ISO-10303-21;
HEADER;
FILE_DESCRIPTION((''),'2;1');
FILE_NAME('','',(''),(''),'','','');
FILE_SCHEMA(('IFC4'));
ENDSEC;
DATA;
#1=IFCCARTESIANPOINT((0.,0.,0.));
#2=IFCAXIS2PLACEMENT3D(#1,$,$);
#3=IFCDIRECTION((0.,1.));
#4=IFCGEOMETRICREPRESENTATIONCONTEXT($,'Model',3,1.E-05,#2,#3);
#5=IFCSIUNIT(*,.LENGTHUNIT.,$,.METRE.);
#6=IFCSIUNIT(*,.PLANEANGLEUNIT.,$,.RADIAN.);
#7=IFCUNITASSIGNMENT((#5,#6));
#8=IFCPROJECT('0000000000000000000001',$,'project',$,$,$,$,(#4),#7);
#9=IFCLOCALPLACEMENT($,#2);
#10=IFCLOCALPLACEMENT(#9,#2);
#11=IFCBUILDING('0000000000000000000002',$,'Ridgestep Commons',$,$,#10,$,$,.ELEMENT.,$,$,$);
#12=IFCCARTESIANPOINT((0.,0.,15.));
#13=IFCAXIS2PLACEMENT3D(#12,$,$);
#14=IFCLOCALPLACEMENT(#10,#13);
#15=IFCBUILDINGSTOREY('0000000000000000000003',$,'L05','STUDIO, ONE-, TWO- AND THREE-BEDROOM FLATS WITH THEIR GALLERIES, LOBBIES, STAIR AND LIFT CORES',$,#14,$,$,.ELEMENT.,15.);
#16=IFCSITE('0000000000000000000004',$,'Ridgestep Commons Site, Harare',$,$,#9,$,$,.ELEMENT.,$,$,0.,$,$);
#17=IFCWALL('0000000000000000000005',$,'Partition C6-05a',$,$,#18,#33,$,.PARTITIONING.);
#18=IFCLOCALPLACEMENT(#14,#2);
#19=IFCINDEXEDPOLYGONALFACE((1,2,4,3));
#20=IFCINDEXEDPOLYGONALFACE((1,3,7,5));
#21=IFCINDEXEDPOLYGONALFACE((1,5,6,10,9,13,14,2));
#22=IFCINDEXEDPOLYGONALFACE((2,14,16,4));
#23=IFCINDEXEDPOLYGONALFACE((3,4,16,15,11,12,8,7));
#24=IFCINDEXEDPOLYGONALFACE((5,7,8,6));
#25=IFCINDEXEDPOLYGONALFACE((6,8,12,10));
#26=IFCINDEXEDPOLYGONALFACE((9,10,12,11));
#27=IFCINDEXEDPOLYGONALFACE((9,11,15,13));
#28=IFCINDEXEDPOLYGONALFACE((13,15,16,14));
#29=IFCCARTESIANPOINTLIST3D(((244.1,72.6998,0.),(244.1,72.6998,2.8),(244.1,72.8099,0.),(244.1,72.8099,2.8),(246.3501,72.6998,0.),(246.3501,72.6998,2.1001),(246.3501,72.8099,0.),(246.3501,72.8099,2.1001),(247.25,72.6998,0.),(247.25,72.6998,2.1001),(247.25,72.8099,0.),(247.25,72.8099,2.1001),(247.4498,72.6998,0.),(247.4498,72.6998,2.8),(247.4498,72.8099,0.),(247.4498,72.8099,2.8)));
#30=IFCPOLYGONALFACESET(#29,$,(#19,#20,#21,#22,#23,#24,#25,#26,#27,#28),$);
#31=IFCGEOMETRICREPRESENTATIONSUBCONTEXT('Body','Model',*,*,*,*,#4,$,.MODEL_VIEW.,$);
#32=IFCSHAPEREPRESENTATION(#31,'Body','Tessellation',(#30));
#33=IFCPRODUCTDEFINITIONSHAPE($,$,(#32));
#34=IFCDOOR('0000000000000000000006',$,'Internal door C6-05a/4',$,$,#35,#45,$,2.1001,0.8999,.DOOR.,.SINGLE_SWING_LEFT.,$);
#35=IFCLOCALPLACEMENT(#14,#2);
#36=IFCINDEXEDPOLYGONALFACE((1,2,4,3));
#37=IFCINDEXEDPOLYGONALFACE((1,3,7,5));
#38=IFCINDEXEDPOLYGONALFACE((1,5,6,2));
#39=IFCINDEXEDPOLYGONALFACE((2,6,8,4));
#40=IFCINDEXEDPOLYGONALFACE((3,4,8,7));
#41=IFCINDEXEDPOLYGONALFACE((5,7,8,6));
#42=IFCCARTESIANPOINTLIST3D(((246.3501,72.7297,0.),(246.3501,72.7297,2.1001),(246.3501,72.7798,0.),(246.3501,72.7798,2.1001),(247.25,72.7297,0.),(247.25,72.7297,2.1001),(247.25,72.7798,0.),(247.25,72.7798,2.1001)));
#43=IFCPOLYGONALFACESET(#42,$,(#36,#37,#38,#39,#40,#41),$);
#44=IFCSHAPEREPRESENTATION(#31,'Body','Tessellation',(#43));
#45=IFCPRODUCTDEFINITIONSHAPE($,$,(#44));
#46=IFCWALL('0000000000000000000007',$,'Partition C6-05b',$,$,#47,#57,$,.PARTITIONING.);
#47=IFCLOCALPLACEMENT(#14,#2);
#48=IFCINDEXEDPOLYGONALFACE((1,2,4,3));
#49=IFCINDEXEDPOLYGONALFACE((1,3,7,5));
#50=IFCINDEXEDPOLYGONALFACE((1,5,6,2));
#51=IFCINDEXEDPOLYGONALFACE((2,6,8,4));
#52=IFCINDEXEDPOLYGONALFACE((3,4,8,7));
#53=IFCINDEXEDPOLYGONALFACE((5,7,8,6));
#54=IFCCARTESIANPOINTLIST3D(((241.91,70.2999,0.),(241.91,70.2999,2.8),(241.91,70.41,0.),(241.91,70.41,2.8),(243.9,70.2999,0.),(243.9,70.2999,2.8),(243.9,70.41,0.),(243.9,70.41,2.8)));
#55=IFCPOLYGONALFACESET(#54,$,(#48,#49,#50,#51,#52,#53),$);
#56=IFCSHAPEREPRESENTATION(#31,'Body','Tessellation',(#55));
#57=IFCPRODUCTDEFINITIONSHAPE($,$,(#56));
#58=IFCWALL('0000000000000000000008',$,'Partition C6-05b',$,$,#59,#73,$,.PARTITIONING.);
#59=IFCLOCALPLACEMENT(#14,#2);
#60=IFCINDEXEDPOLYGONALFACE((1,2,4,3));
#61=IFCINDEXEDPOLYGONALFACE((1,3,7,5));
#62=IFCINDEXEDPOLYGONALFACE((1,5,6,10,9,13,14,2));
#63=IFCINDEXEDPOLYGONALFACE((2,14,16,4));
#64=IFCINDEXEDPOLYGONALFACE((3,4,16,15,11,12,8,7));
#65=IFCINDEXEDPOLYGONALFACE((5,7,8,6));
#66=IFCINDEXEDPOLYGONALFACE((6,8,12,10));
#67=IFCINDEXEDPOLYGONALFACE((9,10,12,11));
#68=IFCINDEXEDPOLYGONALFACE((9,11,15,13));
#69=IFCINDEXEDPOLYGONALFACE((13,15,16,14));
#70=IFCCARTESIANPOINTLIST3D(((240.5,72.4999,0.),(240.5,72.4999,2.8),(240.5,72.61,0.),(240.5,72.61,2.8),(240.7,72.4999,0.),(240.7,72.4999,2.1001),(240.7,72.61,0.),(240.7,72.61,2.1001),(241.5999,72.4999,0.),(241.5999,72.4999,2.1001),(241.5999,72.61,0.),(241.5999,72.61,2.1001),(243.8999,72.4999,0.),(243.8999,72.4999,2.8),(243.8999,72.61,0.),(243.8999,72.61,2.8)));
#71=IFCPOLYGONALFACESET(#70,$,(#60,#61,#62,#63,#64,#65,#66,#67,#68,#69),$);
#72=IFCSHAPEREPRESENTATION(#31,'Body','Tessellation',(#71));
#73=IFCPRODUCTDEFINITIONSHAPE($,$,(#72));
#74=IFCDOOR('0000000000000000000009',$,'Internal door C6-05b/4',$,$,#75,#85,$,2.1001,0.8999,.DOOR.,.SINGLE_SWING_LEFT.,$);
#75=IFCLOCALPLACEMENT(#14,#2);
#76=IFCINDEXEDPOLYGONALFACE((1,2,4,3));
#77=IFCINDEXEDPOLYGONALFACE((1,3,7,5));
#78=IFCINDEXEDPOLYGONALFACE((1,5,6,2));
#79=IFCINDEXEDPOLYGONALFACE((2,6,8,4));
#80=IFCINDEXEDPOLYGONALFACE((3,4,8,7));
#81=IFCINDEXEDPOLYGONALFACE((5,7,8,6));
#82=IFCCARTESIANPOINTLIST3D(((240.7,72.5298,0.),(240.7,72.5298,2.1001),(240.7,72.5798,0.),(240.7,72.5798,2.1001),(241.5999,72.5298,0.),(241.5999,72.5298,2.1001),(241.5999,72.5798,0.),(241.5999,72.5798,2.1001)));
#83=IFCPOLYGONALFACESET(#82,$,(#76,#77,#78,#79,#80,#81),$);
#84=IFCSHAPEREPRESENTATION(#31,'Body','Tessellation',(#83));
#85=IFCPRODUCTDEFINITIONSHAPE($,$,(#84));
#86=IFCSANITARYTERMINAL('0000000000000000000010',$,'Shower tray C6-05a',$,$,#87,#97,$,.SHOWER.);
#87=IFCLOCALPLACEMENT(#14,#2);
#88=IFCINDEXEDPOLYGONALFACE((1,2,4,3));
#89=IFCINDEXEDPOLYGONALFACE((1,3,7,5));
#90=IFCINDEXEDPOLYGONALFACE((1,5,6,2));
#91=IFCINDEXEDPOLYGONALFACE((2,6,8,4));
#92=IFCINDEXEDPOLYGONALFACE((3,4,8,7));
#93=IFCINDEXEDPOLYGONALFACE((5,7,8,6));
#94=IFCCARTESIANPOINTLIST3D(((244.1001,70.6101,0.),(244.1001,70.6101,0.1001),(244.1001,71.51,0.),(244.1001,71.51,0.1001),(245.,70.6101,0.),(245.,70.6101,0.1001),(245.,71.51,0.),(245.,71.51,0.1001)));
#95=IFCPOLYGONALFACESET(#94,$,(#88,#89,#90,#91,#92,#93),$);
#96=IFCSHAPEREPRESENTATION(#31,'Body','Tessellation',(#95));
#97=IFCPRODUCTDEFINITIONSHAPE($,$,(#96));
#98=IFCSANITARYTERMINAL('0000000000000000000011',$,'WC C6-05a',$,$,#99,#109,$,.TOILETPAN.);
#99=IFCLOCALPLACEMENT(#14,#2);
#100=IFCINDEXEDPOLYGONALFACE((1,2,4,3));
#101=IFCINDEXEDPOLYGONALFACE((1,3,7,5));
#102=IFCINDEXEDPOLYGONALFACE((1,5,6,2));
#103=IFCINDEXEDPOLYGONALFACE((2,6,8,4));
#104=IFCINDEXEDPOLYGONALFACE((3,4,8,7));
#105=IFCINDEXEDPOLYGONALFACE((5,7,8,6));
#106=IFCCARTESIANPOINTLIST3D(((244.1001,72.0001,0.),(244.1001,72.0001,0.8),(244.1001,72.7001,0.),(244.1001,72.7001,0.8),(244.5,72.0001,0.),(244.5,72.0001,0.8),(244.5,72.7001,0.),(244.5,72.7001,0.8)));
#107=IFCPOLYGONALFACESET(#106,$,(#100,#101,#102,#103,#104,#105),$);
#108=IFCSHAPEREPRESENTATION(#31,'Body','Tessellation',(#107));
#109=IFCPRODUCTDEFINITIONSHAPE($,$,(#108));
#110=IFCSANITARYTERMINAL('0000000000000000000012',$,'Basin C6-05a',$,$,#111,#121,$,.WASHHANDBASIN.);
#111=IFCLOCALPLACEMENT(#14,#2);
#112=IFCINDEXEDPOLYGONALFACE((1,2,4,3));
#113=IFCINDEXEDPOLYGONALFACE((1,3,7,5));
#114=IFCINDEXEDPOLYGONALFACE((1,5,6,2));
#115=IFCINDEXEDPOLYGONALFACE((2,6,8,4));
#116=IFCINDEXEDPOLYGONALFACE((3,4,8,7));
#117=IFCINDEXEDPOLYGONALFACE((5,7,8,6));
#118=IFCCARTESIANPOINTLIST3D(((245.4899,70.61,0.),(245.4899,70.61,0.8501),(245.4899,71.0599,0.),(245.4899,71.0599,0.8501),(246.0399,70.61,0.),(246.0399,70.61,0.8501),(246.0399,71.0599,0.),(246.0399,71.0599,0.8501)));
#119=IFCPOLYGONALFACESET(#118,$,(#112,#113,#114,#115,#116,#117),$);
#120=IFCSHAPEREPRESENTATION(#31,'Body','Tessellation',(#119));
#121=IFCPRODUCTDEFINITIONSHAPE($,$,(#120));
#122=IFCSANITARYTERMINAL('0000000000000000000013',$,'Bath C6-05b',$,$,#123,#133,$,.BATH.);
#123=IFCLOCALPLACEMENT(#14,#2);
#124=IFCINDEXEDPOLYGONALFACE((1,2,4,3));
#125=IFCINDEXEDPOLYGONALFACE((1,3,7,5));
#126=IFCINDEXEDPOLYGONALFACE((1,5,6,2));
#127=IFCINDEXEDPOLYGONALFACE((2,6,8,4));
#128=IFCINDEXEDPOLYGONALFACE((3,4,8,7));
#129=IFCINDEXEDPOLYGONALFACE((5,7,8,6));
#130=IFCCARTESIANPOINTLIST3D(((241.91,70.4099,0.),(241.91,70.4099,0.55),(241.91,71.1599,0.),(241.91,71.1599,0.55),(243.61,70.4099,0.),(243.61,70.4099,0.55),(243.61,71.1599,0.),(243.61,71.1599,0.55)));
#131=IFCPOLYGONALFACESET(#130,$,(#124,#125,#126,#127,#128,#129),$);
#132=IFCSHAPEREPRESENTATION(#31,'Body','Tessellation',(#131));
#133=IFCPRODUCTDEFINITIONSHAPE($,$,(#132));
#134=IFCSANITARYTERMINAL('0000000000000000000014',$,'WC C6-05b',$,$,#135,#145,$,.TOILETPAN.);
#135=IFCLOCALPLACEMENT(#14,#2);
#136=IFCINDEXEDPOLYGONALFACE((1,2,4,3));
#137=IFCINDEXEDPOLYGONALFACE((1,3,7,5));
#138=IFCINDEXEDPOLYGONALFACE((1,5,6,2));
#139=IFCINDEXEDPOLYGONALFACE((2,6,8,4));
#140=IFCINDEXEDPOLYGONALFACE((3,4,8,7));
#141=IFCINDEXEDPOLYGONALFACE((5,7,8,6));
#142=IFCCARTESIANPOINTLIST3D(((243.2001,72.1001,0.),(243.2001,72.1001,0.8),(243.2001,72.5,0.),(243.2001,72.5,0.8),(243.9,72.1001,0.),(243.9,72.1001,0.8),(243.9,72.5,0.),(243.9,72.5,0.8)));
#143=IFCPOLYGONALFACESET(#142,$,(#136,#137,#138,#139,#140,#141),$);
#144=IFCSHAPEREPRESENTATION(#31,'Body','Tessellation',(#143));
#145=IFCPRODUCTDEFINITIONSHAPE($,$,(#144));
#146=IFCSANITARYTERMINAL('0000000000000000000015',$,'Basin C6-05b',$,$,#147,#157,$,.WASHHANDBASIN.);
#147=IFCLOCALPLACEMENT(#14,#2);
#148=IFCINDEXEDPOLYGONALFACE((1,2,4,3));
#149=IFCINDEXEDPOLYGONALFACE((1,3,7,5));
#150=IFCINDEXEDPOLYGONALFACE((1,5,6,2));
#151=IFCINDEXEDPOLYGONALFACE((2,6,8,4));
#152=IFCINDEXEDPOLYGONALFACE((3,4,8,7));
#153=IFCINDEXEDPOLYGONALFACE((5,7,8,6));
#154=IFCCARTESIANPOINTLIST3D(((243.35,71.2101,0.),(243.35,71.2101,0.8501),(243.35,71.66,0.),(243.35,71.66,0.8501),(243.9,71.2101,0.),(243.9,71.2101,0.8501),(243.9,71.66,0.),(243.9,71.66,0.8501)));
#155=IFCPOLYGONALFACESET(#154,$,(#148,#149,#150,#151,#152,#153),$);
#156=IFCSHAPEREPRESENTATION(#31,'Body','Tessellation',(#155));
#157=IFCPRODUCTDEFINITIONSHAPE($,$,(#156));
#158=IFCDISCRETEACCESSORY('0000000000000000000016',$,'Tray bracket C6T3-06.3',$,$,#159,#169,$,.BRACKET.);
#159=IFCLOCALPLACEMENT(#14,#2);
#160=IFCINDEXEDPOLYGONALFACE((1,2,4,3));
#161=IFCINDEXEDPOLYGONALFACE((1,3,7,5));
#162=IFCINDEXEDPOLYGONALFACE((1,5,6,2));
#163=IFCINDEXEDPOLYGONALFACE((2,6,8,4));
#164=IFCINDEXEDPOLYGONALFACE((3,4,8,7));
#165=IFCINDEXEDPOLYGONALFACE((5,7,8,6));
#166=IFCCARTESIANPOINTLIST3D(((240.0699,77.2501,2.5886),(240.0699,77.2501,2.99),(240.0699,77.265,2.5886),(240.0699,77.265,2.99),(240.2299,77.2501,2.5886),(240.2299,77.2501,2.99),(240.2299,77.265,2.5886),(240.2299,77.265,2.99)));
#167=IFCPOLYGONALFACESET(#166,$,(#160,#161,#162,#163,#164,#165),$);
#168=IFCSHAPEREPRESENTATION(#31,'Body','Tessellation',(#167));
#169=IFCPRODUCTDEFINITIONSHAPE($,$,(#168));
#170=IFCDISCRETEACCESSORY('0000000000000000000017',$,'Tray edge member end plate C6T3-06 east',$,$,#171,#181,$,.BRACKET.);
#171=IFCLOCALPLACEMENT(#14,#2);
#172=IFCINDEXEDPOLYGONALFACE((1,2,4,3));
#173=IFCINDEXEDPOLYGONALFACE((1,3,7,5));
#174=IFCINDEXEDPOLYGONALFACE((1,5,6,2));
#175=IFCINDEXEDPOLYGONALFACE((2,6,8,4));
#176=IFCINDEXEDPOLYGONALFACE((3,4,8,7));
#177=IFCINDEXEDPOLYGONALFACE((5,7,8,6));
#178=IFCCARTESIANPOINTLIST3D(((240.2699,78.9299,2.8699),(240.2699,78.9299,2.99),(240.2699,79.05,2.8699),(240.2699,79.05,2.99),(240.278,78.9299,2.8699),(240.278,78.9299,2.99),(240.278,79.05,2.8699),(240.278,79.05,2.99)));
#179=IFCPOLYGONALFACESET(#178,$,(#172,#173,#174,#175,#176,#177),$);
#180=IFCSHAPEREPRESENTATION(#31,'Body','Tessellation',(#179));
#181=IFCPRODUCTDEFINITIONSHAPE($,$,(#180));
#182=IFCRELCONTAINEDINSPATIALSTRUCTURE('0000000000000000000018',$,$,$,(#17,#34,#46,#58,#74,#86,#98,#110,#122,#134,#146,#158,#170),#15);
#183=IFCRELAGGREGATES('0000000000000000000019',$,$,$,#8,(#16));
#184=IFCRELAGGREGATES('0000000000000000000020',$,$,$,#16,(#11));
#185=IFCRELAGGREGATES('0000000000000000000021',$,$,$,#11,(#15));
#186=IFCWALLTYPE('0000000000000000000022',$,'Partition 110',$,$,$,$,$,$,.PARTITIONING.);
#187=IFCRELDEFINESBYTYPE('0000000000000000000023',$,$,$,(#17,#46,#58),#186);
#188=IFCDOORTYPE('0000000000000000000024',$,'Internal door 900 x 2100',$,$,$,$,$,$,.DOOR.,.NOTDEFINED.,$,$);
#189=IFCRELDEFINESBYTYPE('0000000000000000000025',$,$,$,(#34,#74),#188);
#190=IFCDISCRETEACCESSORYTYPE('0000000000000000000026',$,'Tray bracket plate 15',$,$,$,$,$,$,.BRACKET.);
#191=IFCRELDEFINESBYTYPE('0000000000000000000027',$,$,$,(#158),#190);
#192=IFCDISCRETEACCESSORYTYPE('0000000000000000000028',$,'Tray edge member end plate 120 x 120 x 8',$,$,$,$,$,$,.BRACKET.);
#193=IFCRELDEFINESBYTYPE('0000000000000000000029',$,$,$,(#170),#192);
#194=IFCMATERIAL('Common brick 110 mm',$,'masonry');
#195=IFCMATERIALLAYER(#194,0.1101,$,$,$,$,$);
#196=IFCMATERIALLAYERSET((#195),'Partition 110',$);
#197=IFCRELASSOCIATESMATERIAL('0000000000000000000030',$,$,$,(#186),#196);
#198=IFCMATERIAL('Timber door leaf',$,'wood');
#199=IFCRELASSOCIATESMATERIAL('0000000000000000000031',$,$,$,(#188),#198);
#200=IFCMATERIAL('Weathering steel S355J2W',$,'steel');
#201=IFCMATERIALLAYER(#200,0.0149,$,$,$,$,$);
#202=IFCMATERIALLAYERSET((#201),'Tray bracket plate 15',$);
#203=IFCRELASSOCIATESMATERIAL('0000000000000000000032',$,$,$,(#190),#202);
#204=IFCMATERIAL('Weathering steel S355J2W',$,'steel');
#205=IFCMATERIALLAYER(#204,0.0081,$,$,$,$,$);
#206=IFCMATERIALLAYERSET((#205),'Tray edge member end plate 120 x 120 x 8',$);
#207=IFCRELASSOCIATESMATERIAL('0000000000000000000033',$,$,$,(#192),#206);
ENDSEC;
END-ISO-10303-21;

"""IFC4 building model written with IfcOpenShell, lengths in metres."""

from ifc_helpers import new_model, si_unit, direction, frame, frame_2d, origin, origin_2d, place, context, subcontext, project, spatial, rectangle, extrude, material, layer, layer_set, type_object, element, fill, save


model = new_model("IFC4")

# Units and contexts
model_context = context("Model", 3, precision=1e-05, world=origin(), true_north=direction((0.0, 1.0)))
body_context = subcontext(model_context, "Body", "Model", "MODEL_VIEW")
ifc_project = project(units=[si_unit("LENGTHUNIT", "METRE"), si_unit("PLANEANGLEUNIT", "RADIAN")], contexts=[model_context])

# Site, building, storey
site_placement = place(None, origin())
site = spatial("IfcSite", under=ifc_project, at=site_placement, Name="Ridgestep Commons Site, Harare", CompositionType="ELEMENT", RefElevation=0.0)
building_placement = place(site_placement, origin())
building = spatial("IfcBuilding", under=site, at=building_placement, Name="Ridgestep Commons", CompositionType="ELEMENT")
storey_placement = place(building_placement, frame((0.0, 0.0, 15.0)))
storey = spatial("IfcBuildingStorey", under=building, at=storey_placement, Name="L05", Description="STUDIO, ONE-, TWO- AND THREE-BEDROOM FLATS WITH THEIR GALLERIES, LOBBIES, STAIR AND LIFT CORES", CompositionType="ELEMENT", Elevation=15.0)

# Shared definitions
ifc_material_1 = material(Name="Common brick 110 mm", Category="masonry")
ifc_layer_1 = layer(ifc_material_1, 0.1101)
ifc_layer_set_1 = layer_set([ifc_layer_1], Name="Partition 110")
wall_type_1 = type_object("IfcWallType", Name="Partition 110", PredefinedType="PARTITIONING", material=ifc_layer_set_1)

# Wall, opening, door
wall_1_placement = place(storey_placement, frame((244.1001, 72.7549, 0.0), z_axis=(0.0, 0.0, 1.0), x_axis=(1.0, 0.0, 0.0)))
wall_1 = element("IfcWall", 1, at=wall_1_placement, inside=storey, type_object=wall_type_1, Name="Partition C6-05a", PredefinedType="PARTITIONING", context=body_context, shape_type="SweptSolid", body=[
    extrude(rectangle(XDim=3.3499, YDim=0.1101, at=frame_2d((1.6748, 0.0))), origin(), (0.0, 0.0, 1.0), 2.8),
])
opening_1_placement = place(wall_1_placement, frame((2.25, 0.0, 0.0)))
opening_1 = element("IfcOpeningElement", 2, at=opening_1_placement, cuts=wall_1, PredefinedType="OPENING", context=body_context, shape_type="SweptSolid", body=[
    extrude(rectangle(XDim=0.8999, YDim=2.1001, at=frame_2d((0.45, 1.05))), frame((0.0, 0.0649, 0.0), z_axis=(0.0, -1.0, 0.0), x_axis=(1.0, 0.0, 0.0)), (0.0, 0.0, 1.0), 0.1301),
])
ifc_material_2 = material(Name="Timber door leaf", Category="wood")
door_type_1 = type_object("IfcDoorType", Name="Internal door 900 x 2100", OperationType="NOTDEFINED", PredefinedType="DOOR", material=ifc_material_2)
door_1_placement = place(opening_1_placement, origin())
door_1 = element("IfcDoor", 3, at=door_1_placement, inside=storey, type_object=door_type_1, Name="Internal door C6-05a/4", OperationType="SINGLE_SWING_LEFT", OverallHeight=2.1001, OverallWidth=0.8999, PredefinedType="DOOR", context=body_context, shape_type="SweptSolid", body=[
    extrude(rectangle(XDim=0.8999, YDim=2.1001, at=frame_2d((0.45, 1.05))), frame((0.0, 0.0249, 0.0), z_axis=(0.0, -1.0, 0.0), x_axis=(1.0, 0.0, 0.0)), (0.0, 0.0, 1.0), 0.05),
])
fill(opening_1, door_1)

# Wall
wall_2_placement = place(storey_placement, frame((241.9099, 70.355, 0.0), z_axis=(0.0, 0.0, 1.0), x_axis=(1.0, 0.0, 0.0)))
element("IfcWall", 4, at=wall_2_placement, inside=storey, type_object=wall_type_1, Name="Partition C6-05b", PredefinedType="PARTITIONING", context=body_context, shape_type="SweptSolid", body=[
    extrude(rectangle(XDim=1.99, YDim=0.1101, at=frame_2d((0.9951, 0.0))), origin(), (0.0, 0.0, 1.0), 2.8),
])

# Wall, opening, door
wall_3_placement = place(storey_placement, frame((240.5, 72.5549, 0.0), z_axis=(0.0, 0.0, 1.0), x_axis=(1.0, 0.0, 0.0)))
wall_3 = element("IfcWall", 5, at=wall_3_placement, inside=storey, type_object=wall_type_1, Name="Partition C6-05b", PredefinedType="PARTITIONING", context=body_context, shape_type="SweptSolid", body=[
    extrude(rectangle(XDim=3.3999, YDim=0.1101, at=frame_2d((1.7, 0.0))), origin(), (0.0, 0.0, 1.0), 2.8),
])
opening_2_placement = place(wall_3_placement, frame((0.2, 0.0, 0.0)))
opening_2 = element("IfcOpeningElement", 6, at=opening_2_placement, cuts=wall_3, PredefinedType="OPENING", context=body_context, shape_type="SweptSolid", body=[
    extrude(rectangle(XDim=0.8999, YDim=2.1001, at=frame_2d((0.45, 1.05))), frame((0.0, 0.0649, 0.0), z_axis=(0.0, -1.0, 0.0), x_axis=(1.0, 0.0, 0.0)), (0.0, 0.0, 1.0), 0.1301),
])
door_2_placement = place(opening_2_placement, origin())
door_2 = element("IfcDoor", 7, at=door_2_placement, inside=storey, type_object=door_type_1, Name="Internal door C6-05b/4", OperationType="SINGLE_SWING_LEFT", OverallHeight=2.1001, OverallWidth=0.8999, PredefinedType="DOOR", context=body_context, shape_type="SweptSolid", body=[
    extrude(rectangle(XDim=0.8999, YDim=2.1001, at=frame_2d((0.45, 1.05))), frame((0.0, 0.0249, 0.0), z_axis=(0.0, -1.0, 0.0), x_axis=(1.0, 0.0, 0.0)), (0.0, 0.0, 1.0), 0.05),
])
fill(opening_2, door_2)

# Sanitary terminals
sanitary_terminal_1_placement = place(storey_placement, frame((244.55, 71.0601, 0.0), z_axis=(0.0, 0.0, 1.0), x_axis=(1.0, 0.0, 0.0)))
element("IfcSanitaryTerminal", 8, at=sanitary_terminal_1_placement, inside=storey, Name="Shower tray C6-05a", PredefinedType="SHOWER", context=body_context, shape_type="SweptSolid", body=[
    extrude(rectangle(XDim=0.8999, YDim=0.8999, at=origin_2d()), origin(), (0.0, 0.0, 1.0), 0.1001),
])
sanitary_terminal_2_placement = place(storey_placement, frame((244.3, 72.3501, 0.0), z_axis=(0.0, 0.0, 1.0), x_axis=(1.0, 0.0, 0.0)))
element("IfcSanitaryTerminal", 9, at=sanitary_terminal_2_placement, inside=storey, Name="WC C6-05a", PredefinedType="TOILETPAN", context=body_context, shape_type="SweptSolid", body=[
    extrude(rectangle(XDim=0.3999, YDim=0.7, at=origin_2d()), origin(), (0.0, 0.0, 1.0), 0.8),
])
sanitary_terminal_3_placement = place(storey_placement, frame((245.7649, 70.835, 0.0), z_axis=(0.0, 0.0, 1.0), x_axis=(1.0, 0.0, 0.0)))
element("IfcSanitaryTerminal", 10, at=sanitary_terminal_3_placement, inside=storey, Name="Basin C6-05a", PredefinedType="WASHHANDBASIN", context=body_context, shape_type="SweptSolid", body=[
    extrude(rectangle(XDim=0.55, YDim=0.45, at=origin_2d()), origin(), (0.0, 0.0, 1.0), 0.8501),
])
sanitary_terminal_4_placement = place(storey_placement, frame((242.76, 70.7849, 0.0), z_axis=(0.0, 0.0, 1.0), x_axis=(1.0, 0.0, 0.0)))
element("IfcSanitaryTerminal", 11, at=sanitary_terminal_4_placement, inside=storey, Name="Bath C6-05b", PredefinedType="BATH", context=body_context, shape_type="SweptSolid", body=[
    extrude(rectangle(XDim=1.7, YDim=0.75, at=origin_2d()), origin(), (0.0, 0.0, 1.0), 0.55),
])
sanitary_terminal_5_placement = place(storey_placement, frame((243.55, 72.3, 0.0), z_axis=(0.0, 0.0, 1.0), x_axis=(1.0, 0.0, 0.0)))
element("IfcSanitaryTerminal", 12, at=sanitary_terminal_5_placement, inside=storey, Name="WC C6-05b", PredefinedType="TOILETPAN", context=body_context, shape_type="SweptSolid", body=[
    extrude(rectangle(XDim=0.7, YDim=0.3999, at=origin_2d()), origin(), (0.0, 0.0, 1.0), 0.8),
])
sanitary_terminal_6_placement = place(storey_placement, frame((243.625, 71.4351, 0.0), z_axis=(0.0, 0.0, 1.0), x_axis=(1.0, 0.0, 0.0)))
element("IfcSanitaryTerminal", 13, at=sanitary_terminal_6_placement, inside=storey, Name="Basin C6-05b", PredefinedType="WASHHANDBASIN", context=body_context, shape_type="SweptSolid", body=[
    extrude(rectangle(XDim=0.55, YDim=0.45, at=origin_2d()), origin(), (0.0, 0.0, 1.0), 0.8501),
])

# Discrete accessories
ifc_material_3 = material(Name="Weathering steel S355J2W", Category="steel")
ifc_layer_2 = layer(ifc_material_3, 0.0149)
ifc_layer_set_2 = layer_set([ifc_layer_2], Name="Tray bracket plate 15")
discrete_accessory_type_1 = type_object("IfcDiscreteAccessoryType", Name="Tray bracket plate 15", PredefinedType="BRACKET", material=ifc_layer_set_2)
discrete_accessory_1_placement = place(storey_placement, frame((240.1499, 77.2576, 2.5886), z_axis=(0.0, 0.0, 1.0), x_axis=(1.0, 0.0, 0.0)))
element("IfcDiscreteAccessory", 14, at=discrete_accessory_1_placement, inside=storey, type_object=discrete_accessory_type_1, Name="Tray bracket C6T3-06.3", PredefinedType="BRACKET", context=body_context, shape_type="SweptSolid", body=[
    extrude(rectangle(XDim=0.1599, YDim=0.0149, at=origin_2d()), origin(), (0.0, 0.0, 1.0), 0.4014),
])
ifc_material_4 = material(Name="Weathering steel S355J2W", Category="steel")
ifc_layer_3 = layer(ifc_material_4, 0.0081)
ifc_layer_set_3 = layer_set([ifc_layer_3], Name="Tray edge member end plate 120 x 120 x 8")
discrete_accessory_type_2 = type_object("IfcDiscreteAccessoryType", Name="Tray edge member end plate 120 x 120 x 8", PredefinedType="BRACKET", material=ifc_layer_set_3)
discrete_accessory_2_placement = place(storey_placement, frame((240.2739, 78.99, 2.8699), z_axis=(0.0, 0.0, 1.0), x_axis=(1.0, 0.0, 0.0)))
element("IfcDiscreteAccessory", 15, at=discrete_accessory_2_placement, inside=storey, type_object=discrete_accessory_type_2, Name="Tray edge member end plate C6T3-06 east", PredefinedType="BRACKET", context=body_context, shape_type="SweptSolid", body=[
    extrude(rectangle(XDim=0.0081, YDim=0.1201, at=origin_2d()), origin(), (0.0, 0.0, 1.0), 0.1201),
])

save(model, "model.ifc")
